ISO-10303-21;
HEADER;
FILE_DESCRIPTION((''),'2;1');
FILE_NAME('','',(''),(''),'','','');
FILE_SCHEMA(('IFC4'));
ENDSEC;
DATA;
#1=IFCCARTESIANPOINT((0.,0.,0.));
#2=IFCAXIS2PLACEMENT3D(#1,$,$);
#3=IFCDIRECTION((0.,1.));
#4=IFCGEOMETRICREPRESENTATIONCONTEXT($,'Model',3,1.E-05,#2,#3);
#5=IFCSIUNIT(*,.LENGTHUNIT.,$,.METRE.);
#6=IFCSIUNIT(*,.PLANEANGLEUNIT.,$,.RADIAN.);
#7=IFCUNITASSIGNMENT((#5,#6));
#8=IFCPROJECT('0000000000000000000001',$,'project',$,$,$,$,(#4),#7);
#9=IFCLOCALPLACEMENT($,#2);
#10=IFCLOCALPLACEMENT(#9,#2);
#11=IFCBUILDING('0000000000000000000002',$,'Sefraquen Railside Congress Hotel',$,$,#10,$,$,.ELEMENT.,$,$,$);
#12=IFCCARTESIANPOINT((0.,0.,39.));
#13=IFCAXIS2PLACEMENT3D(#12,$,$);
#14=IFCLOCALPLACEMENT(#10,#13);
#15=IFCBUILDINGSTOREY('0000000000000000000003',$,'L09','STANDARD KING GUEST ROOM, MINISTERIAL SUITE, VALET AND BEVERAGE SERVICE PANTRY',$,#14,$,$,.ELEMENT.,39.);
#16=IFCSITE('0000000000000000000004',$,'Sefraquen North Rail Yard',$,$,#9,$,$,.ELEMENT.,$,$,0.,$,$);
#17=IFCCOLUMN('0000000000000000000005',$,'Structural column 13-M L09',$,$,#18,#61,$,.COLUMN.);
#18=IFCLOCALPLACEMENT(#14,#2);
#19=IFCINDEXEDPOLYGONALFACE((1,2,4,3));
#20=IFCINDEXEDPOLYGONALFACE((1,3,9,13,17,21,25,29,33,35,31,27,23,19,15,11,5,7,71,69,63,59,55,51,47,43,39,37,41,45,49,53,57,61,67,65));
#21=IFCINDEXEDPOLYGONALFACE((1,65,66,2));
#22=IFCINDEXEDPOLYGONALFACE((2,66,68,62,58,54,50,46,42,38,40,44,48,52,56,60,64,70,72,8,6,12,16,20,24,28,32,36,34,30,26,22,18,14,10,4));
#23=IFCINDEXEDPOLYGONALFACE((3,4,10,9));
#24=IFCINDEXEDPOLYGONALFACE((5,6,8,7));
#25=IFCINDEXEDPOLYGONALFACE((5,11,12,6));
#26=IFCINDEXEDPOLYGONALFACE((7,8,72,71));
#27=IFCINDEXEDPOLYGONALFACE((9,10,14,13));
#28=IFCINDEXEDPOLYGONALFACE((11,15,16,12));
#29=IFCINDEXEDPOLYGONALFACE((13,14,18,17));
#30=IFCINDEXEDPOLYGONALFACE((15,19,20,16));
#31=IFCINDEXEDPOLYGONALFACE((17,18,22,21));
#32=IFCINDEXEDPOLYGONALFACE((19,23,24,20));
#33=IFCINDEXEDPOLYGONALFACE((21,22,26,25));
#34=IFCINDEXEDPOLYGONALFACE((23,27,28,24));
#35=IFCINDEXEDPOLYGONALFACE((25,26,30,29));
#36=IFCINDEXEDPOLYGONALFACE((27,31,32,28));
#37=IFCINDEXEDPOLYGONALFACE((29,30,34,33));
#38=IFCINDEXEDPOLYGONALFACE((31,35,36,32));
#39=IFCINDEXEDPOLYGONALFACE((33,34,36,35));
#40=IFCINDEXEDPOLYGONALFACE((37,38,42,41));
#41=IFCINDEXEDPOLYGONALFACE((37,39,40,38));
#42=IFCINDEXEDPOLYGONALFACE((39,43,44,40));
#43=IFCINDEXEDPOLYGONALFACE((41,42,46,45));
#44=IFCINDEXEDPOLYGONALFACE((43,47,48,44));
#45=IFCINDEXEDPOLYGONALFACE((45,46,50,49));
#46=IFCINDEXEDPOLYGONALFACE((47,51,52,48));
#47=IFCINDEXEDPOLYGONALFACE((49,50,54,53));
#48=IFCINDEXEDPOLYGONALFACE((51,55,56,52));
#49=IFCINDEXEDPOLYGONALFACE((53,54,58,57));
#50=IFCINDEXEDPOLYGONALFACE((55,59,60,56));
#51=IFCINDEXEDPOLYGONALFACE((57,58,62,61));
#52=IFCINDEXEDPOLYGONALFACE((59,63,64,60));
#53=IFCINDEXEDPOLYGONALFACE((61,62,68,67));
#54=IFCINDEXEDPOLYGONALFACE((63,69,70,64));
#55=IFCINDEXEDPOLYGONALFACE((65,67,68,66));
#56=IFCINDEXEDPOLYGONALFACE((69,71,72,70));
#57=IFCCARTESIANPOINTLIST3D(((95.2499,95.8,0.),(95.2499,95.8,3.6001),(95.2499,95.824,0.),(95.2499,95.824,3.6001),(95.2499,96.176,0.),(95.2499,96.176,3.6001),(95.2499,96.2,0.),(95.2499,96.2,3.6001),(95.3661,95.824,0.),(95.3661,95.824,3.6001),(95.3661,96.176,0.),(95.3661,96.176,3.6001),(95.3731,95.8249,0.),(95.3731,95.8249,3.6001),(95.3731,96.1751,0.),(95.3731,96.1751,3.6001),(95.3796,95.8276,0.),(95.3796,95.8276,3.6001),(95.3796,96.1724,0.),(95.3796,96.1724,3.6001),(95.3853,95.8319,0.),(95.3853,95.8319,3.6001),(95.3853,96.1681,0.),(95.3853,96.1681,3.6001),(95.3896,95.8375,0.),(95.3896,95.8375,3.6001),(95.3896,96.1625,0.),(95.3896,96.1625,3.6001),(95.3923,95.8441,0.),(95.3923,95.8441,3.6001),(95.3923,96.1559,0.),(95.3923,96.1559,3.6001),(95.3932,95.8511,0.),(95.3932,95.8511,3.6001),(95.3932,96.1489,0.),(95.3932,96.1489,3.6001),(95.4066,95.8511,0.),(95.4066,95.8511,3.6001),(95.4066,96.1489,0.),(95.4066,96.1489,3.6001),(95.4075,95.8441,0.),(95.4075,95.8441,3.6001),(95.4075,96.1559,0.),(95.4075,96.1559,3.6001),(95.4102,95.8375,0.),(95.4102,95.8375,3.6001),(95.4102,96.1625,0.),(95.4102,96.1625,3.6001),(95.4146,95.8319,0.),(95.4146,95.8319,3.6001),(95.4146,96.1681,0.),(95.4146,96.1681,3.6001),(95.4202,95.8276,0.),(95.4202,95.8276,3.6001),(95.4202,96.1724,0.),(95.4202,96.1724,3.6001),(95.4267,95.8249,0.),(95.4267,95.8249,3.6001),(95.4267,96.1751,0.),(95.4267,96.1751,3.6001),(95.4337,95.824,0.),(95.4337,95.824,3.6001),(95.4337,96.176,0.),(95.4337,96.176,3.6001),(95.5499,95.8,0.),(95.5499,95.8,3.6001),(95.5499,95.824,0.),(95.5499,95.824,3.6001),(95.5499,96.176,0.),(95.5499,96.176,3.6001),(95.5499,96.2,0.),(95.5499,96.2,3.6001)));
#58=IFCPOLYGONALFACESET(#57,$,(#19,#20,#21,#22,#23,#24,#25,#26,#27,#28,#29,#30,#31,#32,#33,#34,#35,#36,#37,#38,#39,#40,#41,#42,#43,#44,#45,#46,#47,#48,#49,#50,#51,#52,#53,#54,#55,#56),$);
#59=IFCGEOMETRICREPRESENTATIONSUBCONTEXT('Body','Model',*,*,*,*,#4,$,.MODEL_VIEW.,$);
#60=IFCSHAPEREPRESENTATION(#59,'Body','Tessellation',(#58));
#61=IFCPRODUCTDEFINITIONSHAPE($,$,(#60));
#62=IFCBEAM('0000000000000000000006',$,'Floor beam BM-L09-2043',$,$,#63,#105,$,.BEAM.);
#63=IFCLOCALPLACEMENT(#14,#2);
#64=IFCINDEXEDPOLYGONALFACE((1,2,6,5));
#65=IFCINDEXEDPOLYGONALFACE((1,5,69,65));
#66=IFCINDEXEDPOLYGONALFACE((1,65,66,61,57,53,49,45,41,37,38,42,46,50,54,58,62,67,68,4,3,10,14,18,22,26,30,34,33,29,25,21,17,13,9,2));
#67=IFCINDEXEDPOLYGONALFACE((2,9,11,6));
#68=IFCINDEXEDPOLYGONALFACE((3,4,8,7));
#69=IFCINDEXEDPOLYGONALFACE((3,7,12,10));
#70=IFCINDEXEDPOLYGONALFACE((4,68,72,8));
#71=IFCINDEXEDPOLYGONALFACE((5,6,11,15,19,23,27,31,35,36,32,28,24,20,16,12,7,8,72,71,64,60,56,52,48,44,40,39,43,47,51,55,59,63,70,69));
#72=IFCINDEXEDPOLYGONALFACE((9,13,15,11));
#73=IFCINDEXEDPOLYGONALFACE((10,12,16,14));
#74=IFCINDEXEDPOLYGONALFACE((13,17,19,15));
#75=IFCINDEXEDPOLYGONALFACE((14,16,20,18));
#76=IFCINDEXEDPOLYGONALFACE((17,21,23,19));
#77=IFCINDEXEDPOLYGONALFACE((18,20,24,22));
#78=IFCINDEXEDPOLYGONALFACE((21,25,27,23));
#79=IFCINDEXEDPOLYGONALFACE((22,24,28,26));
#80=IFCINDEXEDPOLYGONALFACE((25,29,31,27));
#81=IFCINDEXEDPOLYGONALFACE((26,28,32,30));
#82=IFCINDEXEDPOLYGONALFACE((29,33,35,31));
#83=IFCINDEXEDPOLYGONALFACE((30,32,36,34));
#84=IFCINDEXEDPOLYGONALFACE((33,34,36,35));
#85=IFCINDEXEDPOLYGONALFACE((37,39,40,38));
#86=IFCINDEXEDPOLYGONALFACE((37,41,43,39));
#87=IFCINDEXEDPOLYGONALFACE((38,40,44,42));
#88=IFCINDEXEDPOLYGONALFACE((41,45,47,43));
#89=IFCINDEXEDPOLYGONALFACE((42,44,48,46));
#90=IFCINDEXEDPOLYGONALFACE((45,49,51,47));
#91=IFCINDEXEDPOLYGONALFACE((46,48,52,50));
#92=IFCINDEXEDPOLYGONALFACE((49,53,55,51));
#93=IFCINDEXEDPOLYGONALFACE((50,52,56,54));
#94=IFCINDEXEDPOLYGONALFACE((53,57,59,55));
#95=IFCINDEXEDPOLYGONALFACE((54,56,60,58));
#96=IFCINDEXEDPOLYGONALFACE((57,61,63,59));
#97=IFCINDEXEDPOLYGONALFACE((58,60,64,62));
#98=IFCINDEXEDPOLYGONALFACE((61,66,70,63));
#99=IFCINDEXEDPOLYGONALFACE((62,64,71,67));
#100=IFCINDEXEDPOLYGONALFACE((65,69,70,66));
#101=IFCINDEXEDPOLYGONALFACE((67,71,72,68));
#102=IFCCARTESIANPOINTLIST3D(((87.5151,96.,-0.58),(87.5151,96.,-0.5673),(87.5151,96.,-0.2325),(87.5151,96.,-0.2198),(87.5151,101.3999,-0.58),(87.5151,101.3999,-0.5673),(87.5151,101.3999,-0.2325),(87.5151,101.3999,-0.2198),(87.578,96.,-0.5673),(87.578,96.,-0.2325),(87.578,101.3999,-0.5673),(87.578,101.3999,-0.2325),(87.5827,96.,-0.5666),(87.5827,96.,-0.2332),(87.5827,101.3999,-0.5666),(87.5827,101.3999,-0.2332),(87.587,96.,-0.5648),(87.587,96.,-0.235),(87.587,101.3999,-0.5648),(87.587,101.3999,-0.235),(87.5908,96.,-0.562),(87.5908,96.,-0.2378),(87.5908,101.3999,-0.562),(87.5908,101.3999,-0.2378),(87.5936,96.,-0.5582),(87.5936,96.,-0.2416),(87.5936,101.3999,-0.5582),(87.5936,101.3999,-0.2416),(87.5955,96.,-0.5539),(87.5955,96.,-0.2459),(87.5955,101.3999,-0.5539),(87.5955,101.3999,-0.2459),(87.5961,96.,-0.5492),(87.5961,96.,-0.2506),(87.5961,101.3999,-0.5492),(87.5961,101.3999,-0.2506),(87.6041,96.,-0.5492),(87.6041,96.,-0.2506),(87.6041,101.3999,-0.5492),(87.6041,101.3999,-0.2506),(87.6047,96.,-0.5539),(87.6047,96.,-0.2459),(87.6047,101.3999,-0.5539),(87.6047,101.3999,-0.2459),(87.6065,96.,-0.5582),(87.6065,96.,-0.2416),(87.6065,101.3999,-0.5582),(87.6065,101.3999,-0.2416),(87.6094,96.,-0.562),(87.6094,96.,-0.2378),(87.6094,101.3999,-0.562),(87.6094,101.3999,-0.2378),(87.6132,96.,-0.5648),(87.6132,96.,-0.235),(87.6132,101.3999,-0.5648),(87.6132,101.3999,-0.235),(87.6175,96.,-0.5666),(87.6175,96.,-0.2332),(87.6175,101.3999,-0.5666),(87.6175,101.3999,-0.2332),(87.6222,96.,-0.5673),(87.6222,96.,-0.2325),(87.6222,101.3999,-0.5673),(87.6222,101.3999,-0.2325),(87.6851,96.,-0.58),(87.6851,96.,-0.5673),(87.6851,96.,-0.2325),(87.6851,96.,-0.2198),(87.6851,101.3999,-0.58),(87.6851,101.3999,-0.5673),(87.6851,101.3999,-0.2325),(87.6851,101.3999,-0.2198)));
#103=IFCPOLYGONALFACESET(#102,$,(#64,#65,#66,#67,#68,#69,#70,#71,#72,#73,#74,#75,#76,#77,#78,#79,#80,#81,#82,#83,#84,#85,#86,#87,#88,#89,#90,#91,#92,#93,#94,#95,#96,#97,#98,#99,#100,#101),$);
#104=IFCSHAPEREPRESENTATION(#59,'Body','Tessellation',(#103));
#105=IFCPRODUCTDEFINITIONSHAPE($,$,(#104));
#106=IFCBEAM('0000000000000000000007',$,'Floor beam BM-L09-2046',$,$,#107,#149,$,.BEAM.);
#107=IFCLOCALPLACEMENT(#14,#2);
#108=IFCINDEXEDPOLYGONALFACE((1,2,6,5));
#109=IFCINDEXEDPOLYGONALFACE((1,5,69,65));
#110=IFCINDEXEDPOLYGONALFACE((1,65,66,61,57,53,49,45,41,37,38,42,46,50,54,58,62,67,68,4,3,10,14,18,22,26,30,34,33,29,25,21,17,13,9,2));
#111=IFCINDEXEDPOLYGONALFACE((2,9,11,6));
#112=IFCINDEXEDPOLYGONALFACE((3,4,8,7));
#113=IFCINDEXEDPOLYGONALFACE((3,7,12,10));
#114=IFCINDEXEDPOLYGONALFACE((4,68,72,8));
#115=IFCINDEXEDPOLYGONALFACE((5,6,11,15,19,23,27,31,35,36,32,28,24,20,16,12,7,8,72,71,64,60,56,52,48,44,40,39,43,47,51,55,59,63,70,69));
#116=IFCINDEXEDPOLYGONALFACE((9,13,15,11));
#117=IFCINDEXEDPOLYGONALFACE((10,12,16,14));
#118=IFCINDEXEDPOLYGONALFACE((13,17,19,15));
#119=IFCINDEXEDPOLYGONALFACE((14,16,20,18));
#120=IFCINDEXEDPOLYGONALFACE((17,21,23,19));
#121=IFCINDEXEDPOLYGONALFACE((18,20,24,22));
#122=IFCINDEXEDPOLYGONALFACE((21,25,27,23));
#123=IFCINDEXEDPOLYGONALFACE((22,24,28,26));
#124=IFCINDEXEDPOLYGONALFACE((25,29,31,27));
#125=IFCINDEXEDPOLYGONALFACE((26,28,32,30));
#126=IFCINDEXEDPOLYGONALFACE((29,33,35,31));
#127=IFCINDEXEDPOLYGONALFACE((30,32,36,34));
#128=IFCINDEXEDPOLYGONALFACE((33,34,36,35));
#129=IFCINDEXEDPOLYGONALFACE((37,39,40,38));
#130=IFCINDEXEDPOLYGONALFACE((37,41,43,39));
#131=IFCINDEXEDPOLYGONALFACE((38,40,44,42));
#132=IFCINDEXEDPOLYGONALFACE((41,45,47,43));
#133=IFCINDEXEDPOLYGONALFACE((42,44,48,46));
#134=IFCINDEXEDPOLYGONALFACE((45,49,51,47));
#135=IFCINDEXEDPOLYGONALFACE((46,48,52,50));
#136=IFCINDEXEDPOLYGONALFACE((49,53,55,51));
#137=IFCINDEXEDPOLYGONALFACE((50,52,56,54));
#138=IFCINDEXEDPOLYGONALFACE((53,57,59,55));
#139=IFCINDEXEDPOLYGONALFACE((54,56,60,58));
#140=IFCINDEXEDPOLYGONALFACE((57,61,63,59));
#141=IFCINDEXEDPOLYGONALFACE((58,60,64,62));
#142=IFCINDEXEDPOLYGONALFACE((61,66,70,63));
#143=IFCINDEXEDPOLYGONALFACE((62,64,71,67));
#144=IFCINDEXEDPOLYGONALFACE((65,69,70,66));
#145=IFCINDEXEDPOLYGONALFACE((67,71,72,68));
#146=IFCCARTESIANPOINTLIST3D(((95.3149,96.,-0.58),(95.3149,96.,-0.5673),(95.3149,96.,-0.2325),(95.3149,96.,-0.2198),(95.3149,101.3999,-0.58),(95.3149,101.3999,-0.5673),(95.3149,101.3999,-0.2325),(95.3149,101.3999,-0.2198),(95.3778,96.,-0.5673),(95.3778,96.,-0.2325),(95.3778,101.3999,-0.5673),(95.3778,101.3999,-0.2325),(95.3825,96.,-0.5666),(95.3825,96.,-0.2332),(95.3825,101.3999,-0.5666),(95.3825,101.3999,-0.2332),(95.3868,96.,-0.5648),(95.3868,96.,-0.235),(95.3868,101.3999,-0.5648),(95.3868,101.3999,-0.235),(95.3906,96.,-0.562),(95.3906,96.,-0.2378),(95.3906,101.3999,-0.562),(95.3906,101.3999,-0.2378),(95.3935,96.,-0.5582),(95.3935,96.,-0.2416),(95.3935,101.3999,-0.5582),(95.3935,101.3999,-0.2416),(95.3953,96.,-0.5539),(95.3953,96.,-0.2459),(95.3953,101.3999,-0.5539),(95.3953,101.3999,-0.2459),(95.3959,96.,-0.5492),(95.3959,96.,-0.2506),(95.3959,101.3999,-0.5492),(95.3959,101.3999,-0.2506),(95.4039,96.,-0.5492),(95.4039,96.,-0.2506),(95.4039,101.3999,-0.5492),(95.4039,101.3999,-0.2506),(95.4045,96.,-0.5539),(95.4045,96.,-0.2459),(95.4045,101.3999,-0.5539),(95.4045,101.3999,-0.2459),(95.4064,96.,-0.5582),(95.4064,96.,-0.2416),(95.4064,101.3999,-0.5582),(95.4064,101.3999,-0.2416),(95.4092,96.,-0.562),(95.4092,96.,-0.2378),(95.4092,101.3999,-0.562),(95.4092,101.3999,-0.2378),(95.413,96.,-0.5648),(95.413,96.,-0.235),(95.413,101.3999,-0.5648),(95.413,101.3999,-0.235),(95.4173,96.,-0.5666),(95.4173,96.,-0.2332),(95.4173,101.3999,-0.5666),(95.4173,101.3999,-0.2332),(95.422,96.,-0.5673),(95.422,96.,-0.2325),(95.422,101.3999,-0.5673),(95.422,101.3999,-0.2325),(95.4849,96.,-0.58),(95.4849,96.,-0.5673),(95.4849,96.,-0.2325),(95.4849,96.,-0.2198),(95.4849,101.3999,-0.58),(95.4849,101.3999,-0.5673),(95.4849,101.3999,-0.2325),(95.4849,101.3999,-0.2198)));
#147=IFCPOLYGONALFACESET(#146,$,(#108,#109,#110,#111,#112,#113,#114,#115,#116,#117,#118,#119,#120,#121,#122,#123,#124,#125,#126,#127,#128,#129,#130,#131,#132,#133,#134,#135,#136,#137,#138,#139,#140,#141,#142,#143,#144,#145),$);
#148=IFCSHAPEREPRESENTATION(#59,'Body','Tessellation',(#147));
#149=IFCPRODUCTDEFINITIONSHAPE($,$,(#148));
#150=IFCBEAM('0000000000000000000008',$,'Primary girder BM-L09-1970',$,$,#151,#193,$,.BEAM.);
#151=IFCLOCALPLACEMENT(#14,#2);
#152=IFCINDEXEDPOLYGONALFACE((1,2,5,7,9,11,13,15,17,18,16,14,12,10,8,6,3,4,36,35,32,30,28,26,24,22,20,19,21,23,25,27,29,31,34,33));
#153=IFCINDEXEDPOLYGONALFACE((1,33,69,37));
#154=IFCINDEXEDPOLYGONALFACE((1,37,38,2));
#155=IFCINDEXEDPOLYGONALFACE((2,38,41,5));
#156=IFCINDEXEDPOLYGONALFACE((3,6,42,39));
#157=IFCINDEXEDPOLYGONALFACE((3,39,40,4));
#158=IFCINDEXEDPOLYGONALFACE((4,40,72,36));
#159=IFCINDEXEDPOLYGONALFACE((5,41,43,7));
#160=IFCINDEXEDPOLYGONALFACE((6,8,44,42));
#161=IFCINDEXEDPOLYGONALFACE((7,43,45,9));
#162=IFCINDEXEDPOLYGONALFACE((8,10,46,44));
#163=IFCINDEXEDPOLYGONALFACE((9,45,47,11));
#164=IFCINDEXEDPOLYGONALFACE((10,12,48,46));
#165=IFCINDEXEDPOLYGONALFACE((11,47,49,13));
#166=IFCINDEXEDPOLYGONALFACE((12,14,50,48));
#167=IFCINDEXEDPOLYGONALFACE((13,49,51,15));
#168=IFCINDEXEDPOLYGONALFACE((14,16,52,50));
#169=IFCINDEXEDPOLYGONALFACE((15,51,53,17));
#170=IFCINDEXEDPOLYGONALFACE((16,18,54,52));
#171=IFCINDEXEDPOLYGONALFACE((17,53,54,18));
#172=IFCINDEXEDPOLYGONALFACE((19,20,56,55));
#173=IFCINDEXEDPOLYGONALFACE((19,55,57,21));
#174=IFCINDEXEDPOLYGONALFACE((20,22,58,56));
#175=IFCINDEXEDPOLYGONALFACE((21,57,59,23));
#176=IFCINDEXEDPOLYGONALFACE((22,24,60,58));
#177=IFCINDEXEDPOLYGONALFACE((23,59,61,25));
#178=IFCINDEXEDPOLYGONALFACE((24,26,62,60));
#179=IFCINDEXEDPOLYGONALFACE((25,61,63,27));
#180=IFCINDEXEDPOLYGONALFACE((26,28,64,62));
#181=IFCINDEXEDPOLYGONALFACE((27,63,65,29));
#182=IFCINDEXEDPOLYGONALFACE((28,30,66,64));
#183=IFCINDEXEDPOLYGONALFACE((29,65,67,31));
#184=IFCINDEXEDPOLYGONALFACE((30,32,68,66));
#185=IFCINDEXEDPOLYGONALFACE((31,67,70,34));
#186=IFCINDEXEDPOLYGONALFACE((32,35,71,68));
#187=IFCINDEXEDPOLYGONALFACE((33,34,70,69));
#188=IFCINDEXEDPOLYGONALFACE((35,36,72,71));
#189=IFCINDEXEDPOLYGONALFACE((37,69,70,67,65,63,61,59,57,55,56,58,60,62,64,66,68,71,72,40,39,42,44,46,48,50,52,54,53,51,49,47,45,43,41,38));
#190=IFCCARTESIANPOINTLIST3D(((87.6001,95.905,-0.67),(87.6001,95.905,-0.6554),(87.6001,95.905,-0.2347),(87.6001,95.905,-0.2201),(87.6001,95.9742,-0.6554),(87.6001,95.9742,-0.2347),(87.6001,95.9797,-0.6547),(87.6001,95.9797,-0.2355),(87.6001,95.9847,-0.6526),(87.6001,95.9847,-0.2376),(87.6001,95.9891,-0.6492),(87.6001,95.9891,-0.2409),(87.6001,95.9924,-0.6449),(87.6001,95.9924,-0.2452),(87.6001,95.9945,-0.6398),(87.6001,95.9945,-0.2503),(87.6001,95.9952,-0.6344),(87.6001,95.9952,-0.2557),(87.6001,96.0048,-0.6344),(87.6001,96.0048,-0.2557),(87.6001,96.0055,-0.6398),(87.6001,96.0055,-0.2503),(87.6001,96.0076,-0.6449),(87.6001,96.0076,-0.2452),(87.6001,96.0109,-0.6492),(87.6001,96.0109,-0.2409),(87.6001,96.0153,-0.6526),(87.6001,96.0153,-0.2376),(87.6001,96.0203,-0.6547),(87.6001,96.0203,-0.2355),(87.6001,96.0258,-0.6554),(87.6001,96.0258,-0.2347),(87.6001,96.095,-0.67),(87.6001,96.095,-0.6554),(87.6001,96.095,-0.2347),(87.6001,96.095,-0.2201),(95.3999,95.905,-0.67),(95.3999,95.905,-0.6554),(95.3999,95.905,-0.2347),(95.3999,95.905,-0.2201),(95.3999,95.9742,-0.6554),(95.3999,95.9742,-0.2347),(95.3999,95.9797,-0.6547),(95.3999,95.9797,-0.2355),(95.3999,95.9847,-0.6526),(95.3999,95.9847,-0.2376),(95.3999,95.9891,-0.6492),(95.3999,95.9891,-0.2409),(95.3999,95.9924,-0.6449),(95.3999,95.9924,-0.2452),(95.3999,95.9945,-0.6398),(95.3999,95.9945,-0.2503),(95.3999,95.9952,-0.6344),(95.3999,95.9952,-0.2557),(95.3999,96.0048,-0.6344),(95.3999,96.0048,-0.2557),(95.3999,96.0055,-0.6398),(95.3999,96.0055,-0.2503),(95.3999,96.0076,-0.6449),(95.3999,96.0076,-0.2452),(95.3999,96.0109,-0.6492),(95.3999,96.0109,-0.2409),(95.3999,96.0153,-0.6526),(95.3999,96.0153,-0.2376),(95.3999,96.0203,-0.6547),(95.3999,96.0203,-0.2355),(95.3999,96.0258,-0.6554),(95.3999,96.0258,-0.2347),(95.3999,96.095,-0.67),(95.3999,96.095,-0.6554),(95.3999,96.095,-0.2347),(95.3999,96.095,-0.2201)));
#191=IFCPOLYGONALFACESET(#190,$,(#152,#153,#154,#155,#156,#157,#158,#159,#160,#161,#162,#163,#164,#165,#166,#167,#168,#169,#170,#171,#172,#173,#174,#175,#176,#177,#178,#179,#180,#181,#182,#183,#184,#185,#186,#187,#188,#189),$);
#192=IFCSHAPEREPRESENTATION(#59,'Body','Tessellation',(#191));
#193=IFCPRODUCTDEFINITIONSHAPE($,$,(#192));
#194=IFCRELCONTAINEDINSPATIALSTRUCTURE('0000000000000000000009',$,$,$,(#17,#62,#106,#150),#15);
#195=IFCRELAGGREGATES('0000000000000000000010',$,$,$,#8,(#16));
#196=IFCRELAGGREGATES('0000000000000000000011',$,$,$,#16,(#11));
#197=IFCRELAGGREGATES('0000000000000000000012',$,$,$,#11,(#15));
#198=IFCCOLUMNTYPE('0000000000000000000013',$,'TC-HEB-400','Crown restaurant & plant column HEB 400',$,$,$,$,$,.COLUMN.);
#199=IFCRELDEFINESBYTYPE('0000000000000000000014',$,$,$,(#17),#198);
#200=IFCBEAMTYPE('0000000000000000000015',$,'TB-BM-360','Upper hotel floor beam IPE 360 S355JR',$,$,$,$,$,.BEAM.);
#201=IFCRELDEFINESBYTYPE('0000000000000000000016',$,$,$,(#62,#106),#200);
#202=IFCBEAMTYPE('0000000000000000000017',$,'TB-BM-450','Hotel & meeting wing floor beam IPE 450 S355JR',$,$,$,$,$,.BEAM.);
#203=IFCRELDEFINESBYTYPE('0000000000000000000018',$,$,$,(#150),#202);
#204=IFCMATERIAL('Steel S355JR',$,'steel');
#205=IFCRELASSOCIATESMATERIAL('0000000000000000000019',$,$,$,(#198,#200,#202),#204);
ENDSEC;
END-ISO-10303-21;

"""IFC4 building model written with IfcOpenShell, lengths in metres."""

from ifc_helpers import new_model, si_unit, direction, frame, origin, origin_2d, place, context, subcontext, project, spatial, i_section, extrude, material, material_profile, profile_set, type_object, element, save


model = new_model("IFC4")

# Units and contexts
model_context = context("Model", 3, precision=1e-05, world=origin(), true_north=direction((0.0, 1.0)))
body_context = subcontext(model_context, "Body", "Model", "MODEL_VIEW")
ifc_project = project(units=[si_unit("LENGTHUNIT", "METRE"), si_unit("PLANEANGLEUNIT", "RADIAN")], contexts=[model_context])

# Site, building, storey
site_placement = place(None, origin())
site = spatial("IfcSite", under=ifc_project, at=site_placement, Name="Sefraquen North Rail Yard", CompositionType="ELEMENT", RefElevation=0.0)
building_placement = place(site_placement, origin())
building = spatial("IfcBuilding", under=site, at=building_placement, Name="Sefraquen Railside Congress Hotel", CompositionType="ELEMENT")
storey_placement = place(building_placement, frame((0.0, 0.0, 39.0)))
storey = spatial("IfcBuildingStorey", under=building, at=storey_placement, Name="L09", Description="STANDARD KING GUEST ROOM, MINISTERIAL SUITE, VALET AND BEVERAGE SERVICE PANTRY", CompositionType="ELEMENT", Elevation=39.0)

# Column
ifc_material_1 = material(Name="Steel S355JR", Category="steel")
ifc_material_profile_1 = material_profile(ifc_material_1, i_section(OverallWidth=0.3, OverallDepth=0.3999, WebThickness=0.0134, FlangeThickness=0.0239, FilletRadius=0.0271, at=origin_2d()), Name="HEB 400")
ifc_profile_set_1 = profile_set([ifc_material_profile_1], Name="Steel S355JR")
column_type_1 = type_object("IfcColumnType", Name="TC-HEB-400", Description="Crown restaurant & plant column HEB 400", PredefinedType="COLUMN", material=ifc_profile_set_1)
for number, where, z_axis, x_axis, name in (
    (1, (95.3999, 96.0, 0.0), (0.0, 0.0, 1.0), (1.0, 0.0, 0.0), "Structural column 13-M L09"),
):
    element("IfcColumn", number, at=place(storey_placement, frame(where, z_axis=z_axis, x_axis=x_axis)), inside=storey, type_object=column_type_1, Name=name, PredefinedType="COLUMN", context=body_context, shape_type="SweptSolid", body=[
        extrude(i_section(OverallWidth=0.3, OverallDepth=0.3999, WebThickness=0.0134, FlangeThickness=0.0239, FilletRadius=0.0271, at=origin_2d()), origin(), (0.0, 0.0, 1.0), 3.6001),
    ])

# Beams
ifc_material_profile_2 = material_profile(ifc_material_1, i_section(OverallWidth=0.1699, OverallDepth=0.3601, WebThickness=0.0081, FlangeThickness=0.0127, FilletRadius=0.0181, at=origin_2d()), Name="IPE 360")
ifc_profile_set_2 = profile_set([ifc_material_profile_2], Name="Steel S355JR")
beam_type_1 = type_object("IfcBeamType", Name="TB-BM-360", Description="Upper hotel floor beam IPE 360 S355JR", PredefinedType="BEAM", material=ifc_profile_set_2)
for number, where, z_axis, x_axis, name in (
    (2, (87.6001, 96.0, -0.3999), (0.0, 1.0, 0.0), (-1.0, 0.0, 0.0), "Floor beam BM-L09-2043"),
    (3, (95.3999, 96.0, -0.3999), (0.0, 1.0, 0.0), (-1.0, 0.0, 0.0), "Floor beam BM-L09-2046"),
):
    element("IfcBeam", number, at=place(storey_placement, frame(where, z_axis=z_axis, x_axis=x_axis)), inside=storey, type_object=beam_type_1, Name=name, PredefinedType="BEAM", context=body_context, shape_type="SweptSolid", body=[
        extrude(i_section(OverallWidth=0.1699, OverallDepth=0.3601, WebThickness=0.0081, FlangeThickness=0.0127, FilletRadius=0.0181, at=origin_2d()), origin(), (0.0, 0.0, 1.0), 5.3999),
    ])
ifc_material_profile_3 = material_profile(ifc_material_1, i_section(OverallWidth=0.1899, OverallDepth=0.45, WebThickness=0.0095, FlangeThickness=0.0146, FilletRadius=0.021, at=origin_2d()), Name="IPE 450")
ifc_profile_set_3 = profile_set([ifc_material_profile_3], Name="Steel S355JR")
beam_type_2 = type_object("IfcBeamType", Name="TB-BM-450", Description="Hotel & meeting wing floor beam IPE 450 S355JR", PredefinedType="BEAM", material=ifc_profile_set_3)
beam_1_placement = place(storey_placement, frame((87.6001, 96.0, -0.4451), z_axis=(1.0, 0.0, 0.0), x_axis=(0.0, 1.0, 0.0)))
element("IfcBeam", 4, at=beam_1_placement, inside=storey, type_object=beam_type_2, Name="Primary girder BM-L09-1970", PredefinedType="BEAM", context=body_context, shape_type="SweptSolid", body=[
    extrude(i_section(OverallWidth=0.1899, OverallDepth=0.45, WebThickness=0.0095, FlangeThickness=0.0146, FilletRadius=0.021, at=origin_2d()), origin(), (0.0, 0.0, 1.0), 7.7998),
])

save(model, "model.ifc")
